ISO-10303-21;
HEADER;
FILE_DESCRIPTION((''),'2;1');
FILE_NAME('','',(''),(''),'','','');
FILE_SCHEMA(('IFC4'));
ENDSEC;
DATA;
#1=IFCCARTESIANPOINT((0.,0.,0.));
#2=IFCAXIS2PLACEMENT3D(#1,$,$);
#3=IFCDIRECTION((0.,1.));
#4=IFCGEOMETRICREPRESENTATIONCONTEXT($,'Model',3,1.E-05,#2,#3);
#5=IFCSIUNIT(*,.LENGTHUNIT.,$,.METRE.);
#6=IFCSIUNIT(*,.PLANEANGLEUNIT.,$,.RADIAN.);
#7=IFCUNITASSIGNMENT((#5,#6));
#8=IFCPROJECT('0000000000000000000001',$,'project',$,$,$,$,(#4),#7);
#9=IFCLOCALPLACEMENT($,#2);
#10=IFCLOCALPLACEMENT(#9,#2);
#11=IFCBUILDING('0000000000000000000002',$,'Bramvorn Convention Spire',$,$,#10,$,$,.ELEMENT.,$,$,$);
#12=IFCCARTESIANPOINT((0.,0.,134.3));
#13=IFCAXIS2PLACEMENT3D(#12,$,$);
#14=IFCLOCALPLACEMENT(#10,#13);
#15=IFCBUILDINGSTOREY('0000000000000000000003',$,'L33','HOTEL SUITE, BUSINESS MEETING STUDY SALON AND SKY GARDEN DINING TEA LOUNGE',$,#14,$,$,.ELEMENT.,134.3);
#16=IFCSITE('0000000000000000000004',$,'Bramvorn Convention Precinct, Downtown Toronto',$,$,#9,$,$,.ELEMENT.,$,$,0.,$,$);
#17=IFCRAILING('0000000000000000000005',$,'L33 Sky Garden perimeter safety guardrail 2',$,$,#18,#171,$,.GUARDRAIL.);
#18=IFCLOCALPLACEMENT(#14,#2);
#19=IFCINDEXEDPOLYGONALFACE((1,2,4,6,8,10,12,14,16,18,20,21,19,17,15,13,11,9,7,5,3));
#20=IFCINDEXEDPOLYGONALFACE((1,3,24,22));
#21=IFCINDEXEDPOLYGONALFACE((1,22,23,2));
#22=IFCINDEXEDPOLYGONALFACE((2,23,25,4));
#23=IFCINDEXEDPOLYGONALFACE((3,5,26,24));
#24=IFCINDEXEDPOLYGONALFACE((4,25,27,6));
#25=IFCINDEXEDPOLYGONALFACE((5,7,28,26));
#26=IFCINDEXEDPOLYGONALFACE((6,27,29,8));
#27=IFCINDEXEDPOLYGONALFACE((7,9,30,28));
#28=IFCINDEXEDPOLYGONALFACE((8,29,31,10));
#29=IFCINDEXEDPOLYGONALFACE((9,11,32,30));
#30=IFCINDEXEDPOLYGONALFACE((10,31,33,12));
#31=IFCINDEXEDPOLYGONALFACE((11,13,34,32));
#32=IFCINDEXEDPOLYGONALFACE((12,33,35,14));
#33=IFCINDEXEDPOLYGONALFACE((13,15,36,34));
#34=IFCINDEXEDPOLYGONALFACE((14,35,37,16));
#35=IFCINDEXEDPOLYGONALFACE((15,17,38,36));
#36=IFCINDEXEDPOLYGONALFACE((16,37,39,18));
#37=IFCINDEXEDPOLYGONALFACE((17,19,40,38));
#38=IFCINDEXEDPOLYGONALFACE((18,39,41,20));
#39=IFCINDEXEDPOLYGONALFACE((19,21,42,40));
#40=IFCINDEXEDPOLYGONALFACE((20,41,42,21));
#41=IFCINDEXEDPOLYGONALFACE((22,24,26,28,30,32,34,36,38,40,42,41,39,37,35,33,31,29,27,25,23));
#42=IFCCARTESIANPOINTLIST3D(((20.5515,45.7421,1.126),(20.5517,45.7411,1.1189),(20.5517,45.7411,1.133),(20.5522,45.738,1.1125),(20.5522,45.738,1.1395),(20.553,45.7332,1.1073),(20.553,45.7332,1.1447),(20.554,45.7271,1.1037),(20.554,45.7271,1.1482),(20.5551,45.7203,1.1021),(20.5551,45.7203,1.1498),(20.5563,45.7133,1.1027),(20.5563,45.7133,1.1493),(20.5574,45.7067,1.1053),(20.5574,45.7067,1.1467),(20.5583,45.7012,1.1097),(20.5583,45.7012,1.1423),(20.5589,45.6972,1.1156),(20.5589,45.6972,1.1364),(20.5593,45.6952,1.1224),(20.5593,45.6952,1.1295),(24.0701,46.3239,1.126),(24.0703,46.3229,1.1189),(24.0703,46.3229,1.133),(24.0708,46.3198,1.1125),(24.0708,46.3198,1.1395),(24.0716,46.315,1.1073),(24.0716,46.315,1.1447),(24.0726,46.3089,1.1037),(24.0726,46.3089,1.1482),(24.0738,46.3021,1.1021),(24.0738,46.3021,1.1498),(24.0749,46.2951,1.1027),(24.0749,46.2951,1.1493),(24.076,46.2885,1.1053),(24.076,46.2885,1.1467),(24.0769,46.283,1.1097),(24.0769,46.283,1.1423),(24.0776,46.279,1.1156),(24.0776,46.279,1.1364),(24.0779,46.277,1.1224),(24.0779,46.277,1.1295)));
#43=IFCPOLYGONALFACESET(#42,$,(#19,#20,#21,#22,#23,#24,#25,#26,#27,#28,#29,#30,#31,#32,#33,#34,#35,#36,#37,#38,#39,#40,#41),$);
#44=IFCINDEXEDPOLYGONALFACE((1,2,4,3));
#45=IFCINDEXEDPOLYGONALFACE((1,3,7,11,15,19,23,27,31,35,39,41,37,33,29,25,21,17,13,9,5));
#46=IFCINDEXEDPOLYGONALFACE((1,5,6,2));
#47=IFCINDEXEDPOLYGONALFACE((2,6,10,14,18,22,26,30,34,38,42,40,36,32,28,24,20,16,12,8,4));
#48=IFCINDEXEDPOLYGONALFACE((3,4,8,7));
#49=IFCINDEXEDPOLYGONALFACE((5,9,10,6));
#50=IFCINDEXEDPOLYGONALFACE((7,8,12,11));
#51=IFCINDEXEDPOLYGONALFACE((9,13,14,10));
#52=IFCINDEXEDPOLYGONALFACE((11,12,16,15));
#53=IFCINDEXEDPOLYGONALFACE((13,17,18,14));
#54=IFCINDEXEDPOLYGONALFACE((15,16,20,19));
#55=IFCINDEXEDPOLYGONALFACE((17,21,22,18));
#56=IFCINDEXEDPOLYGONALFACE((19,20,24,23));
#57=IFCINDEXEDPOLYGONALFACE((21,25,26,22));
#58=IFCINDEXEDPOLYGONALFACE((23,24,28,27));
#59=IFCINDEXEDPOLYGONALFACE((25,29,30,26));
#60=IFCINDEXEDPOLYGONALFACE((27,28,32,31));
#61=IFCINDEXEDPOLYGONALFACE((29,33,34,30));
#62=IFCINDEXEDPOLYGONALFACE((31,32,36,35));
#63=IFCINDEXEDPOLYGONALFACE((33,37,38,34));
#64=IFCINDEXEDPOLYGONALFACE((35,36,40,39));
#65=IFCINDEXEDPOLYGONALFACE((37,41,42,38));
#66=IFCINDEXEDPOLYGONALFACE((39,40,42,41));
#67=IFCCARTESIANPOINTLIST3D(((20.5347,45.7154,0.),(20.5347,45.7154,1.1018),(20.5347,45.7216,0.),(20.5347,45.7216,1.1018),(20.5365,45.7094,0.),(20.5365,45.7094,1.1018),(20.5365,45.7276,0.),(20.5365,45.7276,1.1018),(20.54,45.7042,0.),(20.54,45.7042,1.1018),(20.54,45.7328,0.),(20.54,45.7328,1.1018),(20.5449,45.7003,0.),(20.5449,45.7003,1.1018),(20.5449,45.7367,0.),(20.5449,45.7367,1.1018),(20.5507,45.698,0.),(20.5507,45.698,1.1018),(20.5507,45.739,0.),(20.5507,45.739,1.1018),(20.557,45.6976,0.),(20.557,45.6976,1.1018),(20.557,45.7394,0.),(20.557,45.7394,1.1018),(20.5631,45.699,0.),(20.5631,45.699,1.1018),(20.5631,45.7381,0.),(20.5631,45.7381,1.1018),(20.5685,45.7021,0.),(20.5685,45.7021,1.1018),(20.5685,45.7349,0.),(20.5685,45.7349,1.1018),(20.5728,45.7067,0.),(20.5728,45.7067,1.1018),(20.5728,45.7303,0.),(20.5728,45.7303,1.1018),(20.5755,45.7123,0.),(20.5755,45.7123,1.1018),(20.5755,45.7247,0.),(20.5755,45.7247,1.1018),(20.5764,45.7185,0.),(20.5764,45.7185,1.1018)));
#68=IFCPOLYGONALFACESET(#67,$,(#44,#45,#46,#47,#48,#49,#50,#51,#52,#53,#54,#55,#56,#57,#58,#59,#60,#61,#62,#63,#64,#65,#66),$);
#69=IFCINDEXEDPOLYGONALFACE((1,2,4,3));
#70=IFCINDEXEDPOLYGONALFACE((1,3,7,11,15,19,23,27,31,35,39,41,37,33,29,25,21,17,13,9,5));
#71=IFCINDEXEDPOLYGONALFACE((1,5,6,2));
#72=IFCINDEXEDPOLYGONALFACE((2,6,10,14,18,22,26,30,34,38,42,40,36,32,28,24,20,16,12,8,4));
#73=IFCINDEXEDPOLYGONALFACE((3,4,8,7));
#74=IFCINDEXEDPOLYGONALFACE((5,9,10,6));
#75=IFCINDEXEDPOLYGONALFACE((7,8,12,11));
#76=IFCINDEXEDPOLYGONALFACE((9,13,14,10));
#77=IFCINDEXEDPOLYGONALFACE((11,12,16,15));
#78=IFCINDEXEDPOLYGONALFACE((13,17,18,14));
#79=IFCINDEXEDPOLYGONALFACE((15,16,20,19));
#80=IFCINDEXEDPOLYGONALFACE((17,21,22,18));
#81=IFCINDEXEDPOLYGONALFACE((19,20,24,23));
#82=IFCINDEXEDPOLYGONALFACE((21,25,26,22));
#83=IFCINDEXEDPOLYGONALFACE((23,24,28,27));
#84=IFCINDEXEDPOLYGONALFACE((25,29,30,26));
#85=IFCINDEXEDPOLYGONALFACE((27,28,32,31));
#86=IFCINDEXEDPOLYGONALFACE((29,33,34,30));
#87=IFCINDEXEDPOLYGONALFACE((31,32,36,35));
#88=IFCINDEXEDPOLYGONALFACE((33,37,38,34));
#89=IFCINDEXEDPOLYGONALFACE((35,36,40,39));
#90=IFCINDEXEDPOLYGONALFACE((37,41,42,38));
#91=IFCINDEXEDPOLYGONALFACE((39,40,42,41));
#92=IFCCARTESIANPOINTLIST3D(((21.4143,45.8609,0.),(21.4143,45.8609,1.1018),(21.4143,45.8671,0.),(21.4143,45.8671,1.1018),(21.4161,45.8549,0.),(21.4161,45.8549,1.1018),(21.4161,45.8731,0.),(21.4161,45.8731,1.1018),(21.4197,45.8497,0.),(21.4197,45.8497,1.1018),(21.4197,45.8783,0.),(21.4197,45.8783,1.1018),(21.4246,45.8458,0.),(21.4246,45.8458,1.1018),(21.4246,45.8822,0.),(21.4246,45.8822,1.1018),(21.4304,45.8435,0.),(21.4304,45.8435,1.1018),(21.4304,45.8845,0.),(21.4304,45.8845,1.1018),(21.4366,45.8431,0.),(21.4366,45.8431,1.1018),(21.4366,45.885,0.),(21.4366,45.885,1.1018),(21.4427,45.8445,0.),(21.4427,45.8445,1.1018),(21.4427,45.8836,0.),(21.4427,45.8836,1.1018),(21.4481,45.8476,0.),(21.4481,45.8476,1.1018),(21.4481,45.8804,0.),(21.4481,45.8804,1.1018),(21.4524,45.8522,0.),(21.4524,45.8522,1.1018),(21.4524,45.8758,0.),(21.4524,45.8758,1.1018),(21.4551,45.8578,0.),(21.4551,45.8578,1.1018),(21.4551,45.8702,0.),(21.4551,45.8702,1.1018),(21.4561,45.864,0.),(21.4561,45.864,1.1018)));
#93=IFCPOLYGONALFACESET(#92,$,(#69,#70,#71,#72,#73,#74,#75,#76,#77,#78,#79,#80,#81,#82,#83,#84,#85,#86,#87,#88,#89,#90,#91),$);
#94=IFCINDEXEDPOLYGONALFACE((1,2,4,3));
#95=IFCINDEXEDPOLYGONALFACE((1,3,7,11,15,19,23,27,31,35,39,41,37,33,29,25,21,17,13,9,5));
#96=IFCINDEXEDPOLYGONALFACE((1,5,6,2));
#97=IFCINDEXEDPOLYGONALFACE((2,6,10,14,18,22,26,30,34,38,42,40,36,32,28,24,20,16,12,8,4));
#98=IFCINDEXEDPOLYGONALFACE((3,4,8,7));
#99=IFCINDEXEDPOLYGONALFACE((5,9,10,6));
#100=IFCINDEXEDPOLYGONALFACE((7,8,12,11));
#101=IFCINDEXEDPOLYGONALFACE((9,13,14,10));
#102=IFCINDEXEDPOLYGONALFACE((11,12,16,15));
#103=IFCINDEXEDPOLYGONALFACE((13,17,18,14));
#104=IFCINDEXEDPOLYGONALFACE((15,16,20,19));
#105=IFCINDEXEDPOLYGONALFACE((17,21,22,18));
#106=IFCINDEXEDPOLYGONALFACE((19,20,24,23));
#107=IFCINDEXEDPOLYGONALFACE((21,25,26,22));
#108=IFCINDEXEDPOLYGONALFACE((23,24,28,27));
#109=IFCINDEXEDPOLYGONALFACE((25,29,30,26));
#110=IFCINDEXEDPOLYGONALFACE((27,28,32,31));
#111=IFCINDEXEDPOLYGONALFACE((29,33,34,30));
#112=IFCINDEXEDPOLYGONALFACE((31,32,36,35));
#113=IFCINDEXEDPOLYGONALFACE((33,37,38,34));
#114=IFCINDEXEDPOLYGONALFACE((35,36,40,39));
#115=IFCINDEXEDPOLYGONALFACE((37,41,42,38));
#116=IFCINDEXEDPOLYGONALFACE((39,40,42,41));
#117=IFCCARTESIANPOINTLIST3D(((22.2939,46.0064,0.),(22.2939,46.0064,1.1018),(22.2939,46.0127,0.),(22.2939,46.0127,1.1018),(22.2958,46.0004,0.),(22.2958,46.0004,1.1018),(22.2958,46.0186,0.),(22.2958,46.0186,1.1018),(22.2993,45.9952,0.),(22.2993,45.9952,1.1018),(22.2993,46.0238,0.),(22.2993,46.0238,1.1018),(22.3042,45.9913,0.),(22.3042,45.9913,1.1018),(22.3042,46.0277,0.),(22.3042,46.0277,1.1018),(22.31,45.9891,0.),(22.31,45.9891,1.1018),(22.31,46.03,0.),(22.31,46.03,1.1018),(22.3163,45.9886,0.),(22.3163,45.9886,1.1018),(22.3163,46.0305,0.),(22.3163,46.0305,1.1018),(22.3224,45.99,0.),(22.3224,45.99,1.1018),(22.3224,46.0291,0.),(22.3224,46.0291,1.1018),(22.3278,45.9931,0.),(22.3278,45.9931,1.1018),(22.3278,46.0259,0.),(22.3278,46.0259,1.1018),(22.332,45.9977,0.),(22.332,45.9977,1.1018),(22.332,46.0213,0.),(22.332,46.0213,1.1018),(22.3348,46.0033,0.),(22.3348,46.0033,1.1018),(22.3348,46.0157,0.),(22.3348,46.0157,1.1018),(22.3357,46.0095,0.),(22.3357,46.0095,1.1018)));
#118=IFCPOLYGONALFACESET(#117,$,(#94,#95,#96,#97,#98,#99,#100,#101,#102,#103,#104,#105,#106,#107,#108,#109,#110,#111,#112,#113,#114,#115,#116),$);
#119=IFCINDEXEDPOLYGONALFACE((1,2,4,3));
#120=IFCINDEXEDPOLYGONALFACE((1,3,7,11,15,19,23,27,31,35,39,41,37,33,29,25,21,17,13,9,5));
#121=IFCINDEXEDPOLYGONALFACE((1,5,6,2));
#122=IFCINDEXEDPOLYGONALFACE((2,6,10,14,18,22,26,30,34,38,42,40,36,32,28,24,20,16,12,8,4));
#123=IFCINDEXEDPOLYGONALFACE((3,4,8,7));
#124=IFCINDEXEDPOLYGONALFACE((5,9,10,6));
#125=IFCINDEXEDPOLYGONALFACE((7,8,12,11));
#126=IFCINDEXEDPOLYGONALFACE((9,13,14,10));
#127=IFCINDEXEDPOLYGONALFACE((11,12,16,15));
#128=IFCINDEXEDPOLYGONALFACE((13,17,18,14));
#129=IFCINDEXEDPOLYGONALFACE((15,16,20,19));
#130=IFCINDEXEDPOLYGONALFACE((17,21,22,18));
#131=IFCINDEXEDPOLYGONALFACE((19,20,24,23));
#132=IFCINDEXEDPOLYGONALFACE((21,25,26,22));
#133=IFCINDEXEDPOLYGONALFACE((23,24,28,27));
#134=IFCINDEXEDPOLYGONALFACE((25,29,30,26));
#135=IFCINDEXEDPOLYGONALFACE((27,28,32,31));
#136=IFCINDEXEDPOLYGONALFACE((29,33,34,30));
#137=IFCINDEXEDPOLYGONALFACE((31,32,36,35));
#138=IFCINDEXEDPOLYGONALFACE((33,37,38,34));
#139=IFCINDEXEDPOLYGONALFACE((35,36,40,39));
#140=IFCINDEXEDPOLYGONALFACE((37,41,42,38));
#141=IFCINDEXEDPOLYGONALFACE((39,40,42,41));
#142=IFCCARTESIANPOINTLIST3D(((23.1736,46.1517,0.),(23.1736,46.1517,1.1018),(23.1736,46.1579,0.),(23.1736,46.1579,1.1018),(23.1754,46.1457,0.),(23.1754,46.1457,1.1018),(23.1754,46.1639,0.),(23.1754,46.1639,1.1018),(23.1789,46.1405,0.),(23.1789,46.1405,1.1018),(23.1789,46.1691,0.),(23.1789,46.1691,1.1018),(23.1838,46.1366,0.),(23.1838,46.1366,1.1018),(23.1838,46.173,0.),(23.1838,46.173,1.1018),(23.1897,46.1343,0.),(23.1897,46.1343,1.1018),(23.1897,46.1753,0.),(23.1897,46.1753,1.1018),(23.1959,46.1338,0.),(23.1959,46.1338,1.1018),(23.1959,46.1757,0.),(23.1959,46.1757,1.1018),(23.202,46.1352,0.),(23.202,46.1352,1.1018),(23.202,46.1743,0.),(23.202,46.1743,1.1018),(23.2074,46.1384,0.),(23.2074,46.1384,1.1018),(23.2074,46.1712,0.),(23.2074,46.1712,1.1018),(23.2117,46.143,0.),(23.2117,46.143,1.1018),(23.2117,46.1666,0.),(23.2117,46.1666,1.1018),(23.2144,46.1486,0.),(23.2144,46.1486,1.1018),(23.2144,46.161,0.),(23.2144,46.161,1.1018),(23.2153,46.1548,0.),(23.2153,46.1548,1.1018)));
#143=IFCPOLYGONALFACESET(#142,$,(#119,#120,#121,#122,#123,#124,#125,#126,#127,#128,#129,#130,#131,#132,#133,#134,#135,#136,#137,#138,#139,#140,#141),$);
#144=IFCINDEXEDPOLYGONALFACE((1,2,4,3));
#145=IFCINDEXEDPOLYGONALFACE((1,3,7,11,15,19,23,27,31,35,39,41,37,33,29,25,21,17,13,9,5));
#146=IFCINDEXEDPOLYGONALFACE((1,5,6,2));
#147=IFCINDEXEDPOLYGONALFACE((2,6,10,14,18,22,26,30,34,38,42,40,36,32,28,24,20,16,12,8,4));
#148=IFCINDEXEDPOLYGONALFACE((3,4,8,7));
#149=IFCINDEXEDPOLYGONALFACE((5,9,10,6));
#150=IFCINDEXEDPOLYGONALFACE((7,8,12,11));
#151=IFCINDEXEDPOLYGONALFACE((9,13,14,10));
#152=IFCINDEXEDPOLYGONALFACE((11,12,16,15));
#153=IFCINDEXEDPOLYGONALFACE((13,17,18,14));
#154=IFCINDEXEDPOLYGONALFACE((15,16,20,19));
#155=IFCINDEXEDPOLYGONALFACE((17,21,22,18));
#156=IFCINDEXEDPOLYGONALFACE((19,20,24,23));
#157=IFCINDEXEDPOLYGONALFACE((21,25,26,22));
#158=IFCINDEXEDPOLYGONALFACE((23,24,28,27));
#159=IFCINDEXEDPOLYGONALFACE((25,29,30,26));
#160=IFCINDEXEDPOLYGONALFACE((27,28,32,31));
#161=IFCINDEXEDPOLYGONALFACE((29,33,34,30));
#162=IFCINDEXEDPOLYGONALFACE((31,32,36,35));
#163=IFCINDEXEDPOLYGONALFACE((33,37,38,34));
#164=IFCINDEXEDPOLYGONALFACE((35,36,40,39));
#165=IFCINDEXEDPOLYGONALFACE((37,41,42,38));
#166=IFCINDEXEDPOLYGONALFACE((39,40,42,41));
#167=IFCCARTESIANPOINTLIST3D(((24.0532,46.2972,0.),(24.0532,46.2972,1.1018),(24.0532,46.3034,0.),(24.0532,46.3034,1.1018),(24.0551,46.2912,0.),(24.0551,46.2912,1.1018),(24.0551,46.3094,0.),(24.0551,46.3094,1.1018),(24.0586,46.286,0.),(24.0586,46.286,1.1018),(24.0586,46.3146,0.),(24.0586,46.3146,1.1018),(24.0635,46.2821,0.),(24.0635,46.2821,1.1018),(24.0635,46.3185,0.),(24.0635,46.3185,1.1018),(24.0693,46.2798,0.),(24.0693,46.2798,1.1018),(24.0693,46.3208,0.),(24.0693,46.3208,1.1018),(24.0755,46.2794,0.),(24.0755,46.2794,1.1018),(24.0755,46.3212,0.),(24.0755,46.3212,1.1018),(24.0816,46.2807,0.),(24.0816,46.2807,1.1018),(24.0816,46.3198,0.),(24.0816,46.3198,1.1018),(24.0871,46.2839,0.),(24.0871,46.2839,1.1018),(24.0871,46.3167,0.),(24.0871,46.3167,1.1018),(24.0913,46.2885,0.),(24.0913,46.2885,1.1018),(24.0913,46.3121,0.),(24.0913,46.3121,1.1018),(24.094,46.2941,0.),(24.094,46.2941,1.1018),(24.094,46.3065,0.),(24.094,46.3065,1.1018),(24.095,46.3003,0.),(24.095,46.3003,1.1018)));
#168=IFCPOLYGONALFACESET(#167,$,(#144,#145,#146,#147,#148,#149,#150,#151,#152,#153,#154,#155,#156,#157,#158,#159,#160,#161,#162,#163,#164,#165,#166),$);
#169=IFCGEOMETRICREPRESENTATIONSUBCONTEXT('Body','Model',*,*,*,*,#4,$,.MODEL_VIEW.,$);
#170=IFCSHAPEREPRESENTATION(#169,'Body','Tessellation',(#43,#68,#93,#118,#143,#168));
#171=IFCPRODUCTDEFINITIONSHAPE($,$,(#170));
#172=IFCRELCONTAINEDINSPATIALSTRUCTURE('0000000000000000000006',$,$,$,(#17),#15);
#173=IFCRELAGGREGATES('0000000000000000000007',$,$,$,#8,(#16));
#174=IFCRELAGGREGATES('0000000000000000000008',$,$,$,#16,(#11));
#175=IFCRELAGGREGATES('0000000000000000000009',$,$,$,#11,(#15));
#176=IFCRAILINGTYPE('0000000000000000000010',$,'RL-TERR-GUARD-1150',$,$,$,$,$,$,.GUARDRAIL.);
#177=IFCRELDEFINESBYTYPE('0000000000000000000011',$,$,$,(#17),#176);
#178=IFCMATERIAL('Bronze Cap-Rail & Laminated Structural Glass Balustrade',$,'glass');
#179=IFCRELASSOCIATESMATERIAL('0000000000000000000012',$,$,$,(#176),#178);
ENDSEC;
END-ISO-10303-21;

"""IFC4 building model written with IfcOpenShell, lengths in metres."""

from ifc_helpers import new_model, si_unit, direction, frame, origin, origin_2d, place, context, subcontext, project, spatial, circle, extrude, material, type_object, element, save


model = new_model("IFC4")

# Units and contexts
model_context = context("Model", 3, precision=1e-05, world=origin(), true_north=direction((0.0, 1.0)))
body_context = subcontext(model_context, "Body", "Model", "MODEL_VIEW")
ifc_project = project(units=[si_unit("LENGTHUNIT", "METRE"), si_unit("PLANEANGLEUNIT", "RADIAN")], contexts=[model_context])

# Site, building, storey
site_placement = place(None, origin())
site = spatial("IfcSite", under=ifc_project, at=site_placement, Name="Bramvorn Convention Precinct, Downtown Toronto", CompositionType="ELEMENT", RefElevation=0.0)
building_placement = place(site_placement, origin())
building = spatial("IfcBuilding", under=site, at=building_placement, Name="Bramvorn Convention Spire", CompositionType="ELEMENT")
storey_placement = place(building_placement, frame((0.0, 0.0, 134.3)))
storey = spatial("IfcBuildingStorey", under=building, at=storey_placement, Name="L33", Description="HOTEL SUITE, BUSINESS MEETING STUDY SALON AND SKY GARDEN DINING TEA LOUNGE", CompositionType="ELEMENT", Elevation=134.3)

# Railing
ifc_material_1 = material(Name="Bronze Cap-Rail & Laminated Structural Glass Balustrade", Category="glass")
railing_type = type_object("IfcRailingType", Name="RL-TERR-GUARD-1150", PredefinedType="GUARDRAIL", material=ifc_material_1)
railing_1_placement = place(storey_placement, frame((20.5554, 45.7185, 0.0)))
element("IfcRailing", 1, at=railing_1_placement, inside=storey, type_object=railing_type, Name="L33 Sky Garden perimeter safety guardrail 2", PredefinedType="GUARDRAIL", context=body_context, shape_type="SweptSolid", body=[
    extrude(circle(Radius=0.0239, at=origin_2d()), frame((0.0, 0.0, 1.126), z_axis=(0.986604, 0.163133, 0.0), x_axis=(-0.163133, 0.986604, 0.0)), (0.0, 0.0, 1.0), 3.5664),
    extrude(circle(Radius=0.021, at=origin_2d()), origin(), (0.0, 0.0, 1.0), 1.1018),
    extrude(circle(Radius=0.021, at=origin_2d()), frame((0.8796, 0.1455, 0.0)), (0.0, 0.0, 1.0), 1.1018),
    extrude(circle(Radius=0.021, at=origin_2d()), frame((1.7593, 0.291, 0.0)), (0.0, 0.0, 1.0), 1.1018),
    extrude(circle(Radius=0.021, at=origin_2d()), frame((2.6389, 0.4363, 0.0)), (0.0, 0.0, 1.0), 1.1018),
    extrude(circle(Radius=0.021, at=origin_2d()), frame((3.5186, 0.5818, 0.0)), (0.0, 0.0, 1.0), 1.1018),
])

save(model, "model.ifc")
